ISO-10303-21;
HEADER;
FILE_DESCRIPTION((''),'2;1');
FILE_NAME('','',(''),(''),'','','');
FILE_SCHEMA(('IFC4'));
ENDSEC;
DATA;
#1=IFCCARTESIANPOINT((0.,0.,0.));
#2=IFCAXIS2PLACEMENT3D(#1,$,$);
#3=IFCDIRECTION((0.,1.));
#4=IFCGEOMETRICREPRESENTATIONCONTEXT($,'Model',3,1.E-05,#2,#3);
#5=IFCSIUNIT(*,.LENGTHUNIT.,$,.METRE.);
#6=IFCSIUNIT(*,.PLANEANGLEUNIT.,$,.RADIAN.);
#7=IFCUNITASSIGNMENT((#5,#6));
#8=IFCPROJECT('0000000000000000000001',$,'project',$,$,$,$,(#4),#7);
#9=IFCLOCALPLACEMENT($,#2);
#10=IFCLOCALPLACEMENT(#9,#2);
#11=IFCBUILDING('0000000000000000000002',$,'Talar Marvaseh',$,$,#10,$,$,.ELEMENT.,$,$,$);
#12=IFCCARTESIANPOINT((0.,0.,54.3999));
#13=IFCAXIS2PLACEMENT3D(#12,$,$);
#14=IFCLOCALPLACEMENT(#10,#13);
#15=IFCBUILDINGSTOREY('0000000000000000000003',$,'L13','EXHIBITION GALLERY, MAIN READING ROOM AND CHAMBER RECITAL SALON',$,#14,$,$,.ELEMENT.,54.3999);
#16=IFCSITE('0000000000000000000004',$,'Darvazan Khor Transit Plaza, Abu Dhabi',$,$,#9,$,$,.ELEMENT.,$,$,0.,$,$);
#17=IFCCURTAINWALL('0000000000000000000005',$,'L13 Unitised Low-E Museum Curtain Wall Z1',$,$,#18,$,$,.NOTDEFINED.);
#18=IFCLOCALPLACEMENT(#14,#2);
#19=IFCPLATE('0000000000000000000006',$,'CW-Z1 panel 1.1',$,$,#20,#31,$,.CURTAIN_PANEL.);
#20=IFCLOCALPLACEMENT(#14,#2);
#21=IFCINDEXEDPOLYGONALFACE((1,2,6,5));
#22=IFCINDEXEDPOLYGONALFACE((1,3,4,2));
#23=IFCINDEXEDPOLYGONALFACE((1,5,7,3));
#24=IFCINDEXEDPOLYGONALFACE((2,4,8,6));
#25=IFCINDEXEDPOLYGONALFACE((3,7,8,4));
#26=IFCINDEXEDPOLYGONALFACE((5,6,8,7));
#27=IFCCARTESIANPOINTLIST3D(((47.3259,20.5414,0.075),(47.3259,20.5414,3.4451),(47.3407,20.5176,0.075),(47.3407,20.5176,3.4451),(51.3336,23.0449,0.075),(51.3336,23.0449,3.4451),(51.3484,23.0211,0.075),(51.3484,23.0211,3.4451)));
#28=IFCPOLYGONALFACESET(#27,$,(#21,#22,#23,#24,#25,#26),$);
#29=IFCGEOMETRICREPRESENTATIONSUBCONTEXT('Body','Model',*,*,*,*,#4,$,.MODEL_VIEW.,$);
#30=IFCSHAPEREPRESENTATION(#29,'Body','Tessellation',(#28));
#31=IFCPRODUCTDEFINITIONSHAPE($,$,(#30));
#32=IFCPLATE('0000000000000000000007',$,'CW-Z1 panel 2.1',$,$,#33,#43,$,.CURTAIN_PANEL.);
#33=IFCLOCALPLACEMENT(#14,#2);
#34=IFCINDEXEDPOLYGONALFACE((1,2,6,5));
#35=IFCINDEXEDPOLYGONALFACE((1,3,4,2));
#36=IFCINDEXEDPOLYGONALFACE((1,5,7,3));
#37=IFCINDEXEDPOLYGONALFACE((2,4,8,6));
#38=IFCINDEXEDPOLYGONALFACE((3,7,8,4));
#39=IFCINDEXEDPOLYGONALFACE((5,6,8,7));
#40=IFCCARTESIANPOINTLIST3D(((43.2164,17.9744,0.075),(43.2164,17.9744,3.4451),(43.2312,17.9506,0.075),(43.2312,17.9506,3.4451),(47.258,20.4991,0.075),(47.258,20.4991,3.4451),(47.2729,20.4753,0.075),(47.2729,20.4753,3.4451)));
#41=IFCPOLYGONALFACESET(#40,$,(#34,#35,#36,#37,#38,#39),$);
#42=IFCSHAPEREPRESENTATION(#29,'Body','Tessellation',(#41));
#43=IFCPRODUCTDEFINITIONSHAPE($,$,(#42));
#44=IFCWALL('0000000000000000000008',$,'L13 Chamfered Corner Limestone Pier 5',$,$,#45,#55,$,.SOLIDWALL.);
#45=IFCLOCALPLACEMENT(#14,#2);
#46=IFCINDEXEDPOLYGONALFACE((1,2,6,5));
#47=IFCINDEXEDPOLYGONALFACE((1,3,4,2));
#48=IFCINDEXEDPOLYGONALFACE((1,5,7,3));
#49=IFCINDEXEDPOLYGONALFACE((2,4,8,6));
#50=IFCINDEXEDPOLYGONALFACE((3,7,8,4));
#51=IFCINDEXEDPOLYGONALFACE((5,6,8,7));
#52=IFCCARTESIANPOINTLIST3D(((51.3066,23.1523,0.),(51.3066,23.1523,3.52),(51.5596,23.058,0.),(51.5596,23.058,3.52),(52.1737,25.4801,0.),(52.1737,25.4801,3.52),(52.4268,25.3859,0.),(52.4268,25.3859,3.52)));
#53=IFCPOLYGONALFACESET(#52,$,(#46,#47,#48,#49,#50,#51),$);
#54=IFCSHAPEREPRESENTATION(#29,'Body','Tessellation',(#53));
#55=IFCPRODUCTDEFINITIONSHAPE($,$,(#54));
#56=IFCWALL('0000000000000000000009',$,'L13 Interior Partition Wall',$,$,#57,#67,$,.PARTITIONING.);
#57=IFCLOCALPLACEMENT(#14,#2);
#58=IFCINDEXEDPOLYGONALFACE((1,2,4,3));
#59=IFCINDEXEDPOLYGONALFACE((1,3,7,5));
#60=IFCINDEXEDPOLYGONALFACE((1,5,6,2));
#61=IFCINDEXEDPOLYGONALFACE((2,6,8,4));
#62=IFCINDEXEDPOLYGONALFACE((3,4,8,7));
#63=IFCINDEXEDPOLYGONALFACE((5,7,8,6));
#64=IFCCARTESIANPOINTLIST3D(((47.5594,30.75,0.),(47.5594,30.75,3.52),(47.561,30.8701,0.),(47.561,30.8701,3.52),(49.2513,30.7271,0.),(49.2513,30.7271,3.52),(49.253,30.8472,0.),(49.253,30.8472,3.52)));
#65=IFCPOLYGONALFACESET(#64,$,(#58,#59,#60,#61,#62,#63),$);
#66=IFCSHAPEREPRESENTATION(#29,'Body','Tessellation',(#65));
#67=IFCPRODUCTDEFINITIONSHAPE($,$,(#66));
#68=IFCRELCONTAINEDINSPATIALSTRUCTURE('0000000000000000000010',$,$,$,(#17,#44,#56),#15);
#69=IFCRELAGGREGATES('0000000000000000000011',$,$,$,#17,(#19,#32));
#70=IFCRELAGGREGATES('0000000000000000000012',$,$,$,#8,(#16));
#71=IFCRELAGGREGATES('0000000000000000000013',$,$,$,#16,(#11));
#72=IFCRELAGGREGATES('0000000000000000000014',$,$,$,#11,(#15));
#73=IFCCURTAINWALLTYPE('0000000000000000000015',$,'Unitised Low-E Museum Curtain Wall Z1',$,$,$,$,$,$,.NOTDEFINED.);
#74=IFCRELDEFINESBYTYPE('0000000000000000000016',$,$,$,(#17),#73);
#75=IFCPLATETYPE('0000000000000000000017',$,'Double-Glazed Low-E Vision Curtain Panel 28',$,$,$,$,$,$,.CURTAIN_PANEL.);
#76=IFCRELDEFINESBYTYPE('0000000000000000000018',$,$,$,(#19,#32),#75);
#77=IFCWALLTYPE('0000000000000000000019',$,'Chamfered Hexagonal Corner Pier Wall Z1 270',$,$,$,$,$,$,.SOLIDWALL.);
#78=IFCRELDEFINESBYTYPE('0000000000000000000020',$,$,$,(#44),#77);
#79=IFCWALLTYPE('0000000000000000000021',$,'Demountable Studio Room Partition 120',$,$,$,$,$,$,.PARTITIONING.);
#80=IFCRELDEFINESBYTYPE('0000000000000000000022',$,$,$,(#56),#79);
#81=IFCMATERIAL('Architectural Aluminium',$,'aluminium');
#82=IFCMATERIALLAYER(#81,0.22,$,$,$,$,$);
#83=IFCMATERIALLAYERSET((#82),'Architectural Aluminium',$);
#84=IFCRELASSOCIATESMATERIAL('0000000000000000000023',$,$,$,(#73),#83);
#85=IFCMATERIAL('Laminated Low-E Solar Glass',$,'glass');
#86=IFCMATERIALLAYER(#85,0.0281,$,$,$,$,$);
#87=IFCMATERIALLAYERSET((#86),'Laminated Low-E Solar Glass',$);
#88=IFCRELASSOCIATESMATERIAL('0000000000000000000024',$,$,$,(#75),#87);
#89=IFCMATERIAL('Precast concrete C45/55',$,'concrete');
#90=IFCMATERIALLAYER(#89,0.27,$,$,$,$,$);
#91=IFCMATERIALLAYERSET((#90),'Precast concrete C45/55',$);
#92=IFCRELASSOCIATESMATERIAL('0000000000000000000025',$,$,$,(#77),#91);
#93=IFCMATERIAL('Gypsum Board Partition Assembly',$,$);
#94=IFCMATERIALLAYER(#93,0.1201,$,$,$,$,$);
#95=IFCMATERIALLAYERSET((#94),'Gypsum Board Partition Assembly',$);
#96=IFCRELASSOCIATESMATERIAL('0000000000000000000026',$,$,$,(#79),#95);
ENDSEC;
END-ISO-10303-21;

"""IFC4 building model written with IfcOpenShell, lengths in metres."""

from ifc_helpers import new_model, si_unit, direction, frame, frame_2d, origin, origin_2d, place, context, subcontext, project, spatial, rectangle, extrude, source, transform, mapped, material, layer, layer_set, type_object, element, aggregate, save


model = new_model("IFC4")

# Units and contexts
model_context = context("Model", 3, precision=1e-05, world=origin(), true_north=direction((0.0, 1.0)))
body_context = subcontext(model_context, "Body", "Model", "MODEL_VIEW")
ifc_project = project(units=[si_unit("LENGTHUNIT", "METRE"), si_unit("PLANEANGLEUNIT", "RADIAN")], contexts=[model_context])

# Site, building, storey
site_placement = place(None, origin())
site = spatial("IfcSite", under=ifc_project, at=site_placement, Name="Darvazan Khor Transit Plaza, Abu Dhabi", CompositionType="ELEMENT", RefElevation=0.0)
building_placement = place(site_placement, origin())
building = spatial("IfcBuilding", under=site, at=building_placement, Name="Talar Marvaseh", CompositionType="ELEMENT")
storey_placement = place(building_placement, frame((0.0, 0.0, 54.3999)))
storey = spatial("IfcBuildingStorey", under=building, at=storey_placement, Name="L13", Description="EXHIBITION GALLERY, MAIN READING ROOM AND CHAMBER RECITAL SALON", CompositionType="ELEMENT", Elevation=54.3999)

# Curtain wall
ifc_material_1 = material(Name="Architectural Aluminium", Category="aluminium")
ifc_layer_1 = layer(ifc_material_1, 0.22)
ifc_layer_set_1 = layer_set([ifc_layer_1], Name="Architectural Aluminium")
curtain_wall_type = type_object("IfcCurtainWallType", Name="Unitised Low-E Museum Curtain Wall Z1", PredefinedType="NOTDEFINED", material=ifc_layer_set_1)
curtain_wall_1_placement = place(storey_placement, origin())
curtain_wall_1 = element("IfcCurtainWall", 1, at=curtain_wall_1_placement, inside=storey, type_object=curtain_wall_type, Name="L13 Unitised Low-E Museum Curtain Wall Z1", PredefinedType="NOTDEFINED")

# Plates
ifc_material_2 = material(Name="Laminated Low-E Solar Glass", Category="glass")
ifc_layer_2 = layer(ifc_material_2, 0.0281)
ifc_layer_set_2 = layer_set([ifc_layer_2], Name="Laminated Low-E Solar Glass")
plate_type = type_object("IfcPlateType", Name="Double-Glazed Low-E Vision Curtain Panel 28", PredefinedType="CURTAIN_PANEL", material=ifc_layer_set_2)
shared_shape_1 = source(origin(), body_context, "Body", "SweptSolid", [
    extrude(rectangle(XDim=4.7253, YDim=0.0281, at=origin_2d()), origin(), (0.0, 0.0, 1.0), 3.3701),
])
plate_1_placement = place(storey_placement, frame((49.3372, 21.7812, 0.075), z_axis=(0.0, 0.0, 1.0), x_axis=(-0.84813, -0.529787, 0.0)))
plate_1 = element("IfcPlate", 2, at=plate_1_placement, type_object=plate_type, Name="CW-Z1 panel 1.1", PredefinedType="CURTAIN_PANEL", context=body_context, shape_type="MappedRepresentation", body=[
    mapped(shared_shape_1, transform((0.0, 0.0, 0.0), x_axis=(1.0, 0.0, 0.0), y_axis=(0.0, 1.0, 0.0), z_axis=(0.0, 0.0, 1.0), scale=1.0)),
])
shared_shape_2 = source(origin(), body_context, "Body", "SweptSolid", [
    extrude(rectangle(XDim=4.7654, YDim=0.0281, at=origin_2d()), origin(), (0.0, 0.0, 1.0), 3.3701),
])
plate_2_placement = place(storey_placement, frame((45.2446, 19.2249, 0.075), z_axis=(0.0, 0.0, 1.0), x_axis=(-0.84813, -0.529787, 0.0)))
plate_2 = element("IfcPlate", 3, at=plate_2_placement, type_object=plate_type, Name="CW-Z1 panel 2.1", PredefinedType="CURTAIN_PANEL", context=body_context, shape_type="MappedRepresentation", body=[
    mapped(shared_shape_2, transform((0.0, 0.0, 0.0), x_axis=(1.0, 0.0, 0.0), y_axis=(0.0, 1.0, 0.0), z_axis=(0.0, 0.0, 1.0), scale=1.0)),
])
aggregate(curtain_wall_1, [plate_1, plate_2])

# Walls
ifc_material_3 = material(Name="Precast concrete C45/55", Category="concrete")
ifc_layer_3 = layer(ifc_material_3, 0.27)
ifc_layer_set_3 = layer_set([ifc_layer_3], Name="Precast concrete C45/55")
wall_type_1 = type_object("IfcWallType", Name="Chamfered Hexagonal Corner Pier Wall Z1 270", PredefinedType="SOLIDWALL", material=ifc_layer_set_3)
wall_1_placement = place(storey_placement, frame((52.3003, 25.4331, 0.0), z_axis=(0.0, 0.0, 1.0), x_axis=(-0.349087, -0.93709, 0.0)))
element("IfcWall", 4, at=wall_1_placement, inside=storey, type_object=wall_type_1, Name="L13 Chamfered Corner Limestone Pier 5", PredefinedType="SOLIDWALL", context=body_context, shape_type="SweptSolid", body=[
    extrude(rectangle(XDim=2.4841, YDim=0.27, at=frame_2d((1.2422, 0.0))), origin(), (0.0, 0.0, 1.0), 3.52),
])
ifc_material_4 = material(Name="Gypsum Board Partition Assembly")
ifc_layer_4 = layer(ifc_material_4, 0.1201)
ifc_layer_set_4 = layer_set([ifc_layer_4], Name="Gypsum Board Partition Assembly")
wall_type_2 = type_object("IfcWallType", Name="Demountable Studio Room Partition 120", PredefinedType="PARTITIONING", material=ifc_layer_set_4)
wall_2_placement = place(storey_placement, frame((47.5601, 30.8101, 0.0), z_axis=(0.0, 0.0, 1.0), x_axis=(0.999908, -0.013563, 0.0)))
element("IfcWall", 5, at=wall_2_placement, inside=storey, type_object=wall_type_2, Name="L13 Interior Partition Wall", PredefinedType="PARTITIONING", context=body_context, shape_type="SweptSolid", body=[
    extrude(rectangle(XDim=1.6921, YDim=0.1201, at=frame_2d((0.8462, 0.0))), origin(), (0.0, 0.0, 1.0), 3.52),
])

save(model, "model.ifc")
